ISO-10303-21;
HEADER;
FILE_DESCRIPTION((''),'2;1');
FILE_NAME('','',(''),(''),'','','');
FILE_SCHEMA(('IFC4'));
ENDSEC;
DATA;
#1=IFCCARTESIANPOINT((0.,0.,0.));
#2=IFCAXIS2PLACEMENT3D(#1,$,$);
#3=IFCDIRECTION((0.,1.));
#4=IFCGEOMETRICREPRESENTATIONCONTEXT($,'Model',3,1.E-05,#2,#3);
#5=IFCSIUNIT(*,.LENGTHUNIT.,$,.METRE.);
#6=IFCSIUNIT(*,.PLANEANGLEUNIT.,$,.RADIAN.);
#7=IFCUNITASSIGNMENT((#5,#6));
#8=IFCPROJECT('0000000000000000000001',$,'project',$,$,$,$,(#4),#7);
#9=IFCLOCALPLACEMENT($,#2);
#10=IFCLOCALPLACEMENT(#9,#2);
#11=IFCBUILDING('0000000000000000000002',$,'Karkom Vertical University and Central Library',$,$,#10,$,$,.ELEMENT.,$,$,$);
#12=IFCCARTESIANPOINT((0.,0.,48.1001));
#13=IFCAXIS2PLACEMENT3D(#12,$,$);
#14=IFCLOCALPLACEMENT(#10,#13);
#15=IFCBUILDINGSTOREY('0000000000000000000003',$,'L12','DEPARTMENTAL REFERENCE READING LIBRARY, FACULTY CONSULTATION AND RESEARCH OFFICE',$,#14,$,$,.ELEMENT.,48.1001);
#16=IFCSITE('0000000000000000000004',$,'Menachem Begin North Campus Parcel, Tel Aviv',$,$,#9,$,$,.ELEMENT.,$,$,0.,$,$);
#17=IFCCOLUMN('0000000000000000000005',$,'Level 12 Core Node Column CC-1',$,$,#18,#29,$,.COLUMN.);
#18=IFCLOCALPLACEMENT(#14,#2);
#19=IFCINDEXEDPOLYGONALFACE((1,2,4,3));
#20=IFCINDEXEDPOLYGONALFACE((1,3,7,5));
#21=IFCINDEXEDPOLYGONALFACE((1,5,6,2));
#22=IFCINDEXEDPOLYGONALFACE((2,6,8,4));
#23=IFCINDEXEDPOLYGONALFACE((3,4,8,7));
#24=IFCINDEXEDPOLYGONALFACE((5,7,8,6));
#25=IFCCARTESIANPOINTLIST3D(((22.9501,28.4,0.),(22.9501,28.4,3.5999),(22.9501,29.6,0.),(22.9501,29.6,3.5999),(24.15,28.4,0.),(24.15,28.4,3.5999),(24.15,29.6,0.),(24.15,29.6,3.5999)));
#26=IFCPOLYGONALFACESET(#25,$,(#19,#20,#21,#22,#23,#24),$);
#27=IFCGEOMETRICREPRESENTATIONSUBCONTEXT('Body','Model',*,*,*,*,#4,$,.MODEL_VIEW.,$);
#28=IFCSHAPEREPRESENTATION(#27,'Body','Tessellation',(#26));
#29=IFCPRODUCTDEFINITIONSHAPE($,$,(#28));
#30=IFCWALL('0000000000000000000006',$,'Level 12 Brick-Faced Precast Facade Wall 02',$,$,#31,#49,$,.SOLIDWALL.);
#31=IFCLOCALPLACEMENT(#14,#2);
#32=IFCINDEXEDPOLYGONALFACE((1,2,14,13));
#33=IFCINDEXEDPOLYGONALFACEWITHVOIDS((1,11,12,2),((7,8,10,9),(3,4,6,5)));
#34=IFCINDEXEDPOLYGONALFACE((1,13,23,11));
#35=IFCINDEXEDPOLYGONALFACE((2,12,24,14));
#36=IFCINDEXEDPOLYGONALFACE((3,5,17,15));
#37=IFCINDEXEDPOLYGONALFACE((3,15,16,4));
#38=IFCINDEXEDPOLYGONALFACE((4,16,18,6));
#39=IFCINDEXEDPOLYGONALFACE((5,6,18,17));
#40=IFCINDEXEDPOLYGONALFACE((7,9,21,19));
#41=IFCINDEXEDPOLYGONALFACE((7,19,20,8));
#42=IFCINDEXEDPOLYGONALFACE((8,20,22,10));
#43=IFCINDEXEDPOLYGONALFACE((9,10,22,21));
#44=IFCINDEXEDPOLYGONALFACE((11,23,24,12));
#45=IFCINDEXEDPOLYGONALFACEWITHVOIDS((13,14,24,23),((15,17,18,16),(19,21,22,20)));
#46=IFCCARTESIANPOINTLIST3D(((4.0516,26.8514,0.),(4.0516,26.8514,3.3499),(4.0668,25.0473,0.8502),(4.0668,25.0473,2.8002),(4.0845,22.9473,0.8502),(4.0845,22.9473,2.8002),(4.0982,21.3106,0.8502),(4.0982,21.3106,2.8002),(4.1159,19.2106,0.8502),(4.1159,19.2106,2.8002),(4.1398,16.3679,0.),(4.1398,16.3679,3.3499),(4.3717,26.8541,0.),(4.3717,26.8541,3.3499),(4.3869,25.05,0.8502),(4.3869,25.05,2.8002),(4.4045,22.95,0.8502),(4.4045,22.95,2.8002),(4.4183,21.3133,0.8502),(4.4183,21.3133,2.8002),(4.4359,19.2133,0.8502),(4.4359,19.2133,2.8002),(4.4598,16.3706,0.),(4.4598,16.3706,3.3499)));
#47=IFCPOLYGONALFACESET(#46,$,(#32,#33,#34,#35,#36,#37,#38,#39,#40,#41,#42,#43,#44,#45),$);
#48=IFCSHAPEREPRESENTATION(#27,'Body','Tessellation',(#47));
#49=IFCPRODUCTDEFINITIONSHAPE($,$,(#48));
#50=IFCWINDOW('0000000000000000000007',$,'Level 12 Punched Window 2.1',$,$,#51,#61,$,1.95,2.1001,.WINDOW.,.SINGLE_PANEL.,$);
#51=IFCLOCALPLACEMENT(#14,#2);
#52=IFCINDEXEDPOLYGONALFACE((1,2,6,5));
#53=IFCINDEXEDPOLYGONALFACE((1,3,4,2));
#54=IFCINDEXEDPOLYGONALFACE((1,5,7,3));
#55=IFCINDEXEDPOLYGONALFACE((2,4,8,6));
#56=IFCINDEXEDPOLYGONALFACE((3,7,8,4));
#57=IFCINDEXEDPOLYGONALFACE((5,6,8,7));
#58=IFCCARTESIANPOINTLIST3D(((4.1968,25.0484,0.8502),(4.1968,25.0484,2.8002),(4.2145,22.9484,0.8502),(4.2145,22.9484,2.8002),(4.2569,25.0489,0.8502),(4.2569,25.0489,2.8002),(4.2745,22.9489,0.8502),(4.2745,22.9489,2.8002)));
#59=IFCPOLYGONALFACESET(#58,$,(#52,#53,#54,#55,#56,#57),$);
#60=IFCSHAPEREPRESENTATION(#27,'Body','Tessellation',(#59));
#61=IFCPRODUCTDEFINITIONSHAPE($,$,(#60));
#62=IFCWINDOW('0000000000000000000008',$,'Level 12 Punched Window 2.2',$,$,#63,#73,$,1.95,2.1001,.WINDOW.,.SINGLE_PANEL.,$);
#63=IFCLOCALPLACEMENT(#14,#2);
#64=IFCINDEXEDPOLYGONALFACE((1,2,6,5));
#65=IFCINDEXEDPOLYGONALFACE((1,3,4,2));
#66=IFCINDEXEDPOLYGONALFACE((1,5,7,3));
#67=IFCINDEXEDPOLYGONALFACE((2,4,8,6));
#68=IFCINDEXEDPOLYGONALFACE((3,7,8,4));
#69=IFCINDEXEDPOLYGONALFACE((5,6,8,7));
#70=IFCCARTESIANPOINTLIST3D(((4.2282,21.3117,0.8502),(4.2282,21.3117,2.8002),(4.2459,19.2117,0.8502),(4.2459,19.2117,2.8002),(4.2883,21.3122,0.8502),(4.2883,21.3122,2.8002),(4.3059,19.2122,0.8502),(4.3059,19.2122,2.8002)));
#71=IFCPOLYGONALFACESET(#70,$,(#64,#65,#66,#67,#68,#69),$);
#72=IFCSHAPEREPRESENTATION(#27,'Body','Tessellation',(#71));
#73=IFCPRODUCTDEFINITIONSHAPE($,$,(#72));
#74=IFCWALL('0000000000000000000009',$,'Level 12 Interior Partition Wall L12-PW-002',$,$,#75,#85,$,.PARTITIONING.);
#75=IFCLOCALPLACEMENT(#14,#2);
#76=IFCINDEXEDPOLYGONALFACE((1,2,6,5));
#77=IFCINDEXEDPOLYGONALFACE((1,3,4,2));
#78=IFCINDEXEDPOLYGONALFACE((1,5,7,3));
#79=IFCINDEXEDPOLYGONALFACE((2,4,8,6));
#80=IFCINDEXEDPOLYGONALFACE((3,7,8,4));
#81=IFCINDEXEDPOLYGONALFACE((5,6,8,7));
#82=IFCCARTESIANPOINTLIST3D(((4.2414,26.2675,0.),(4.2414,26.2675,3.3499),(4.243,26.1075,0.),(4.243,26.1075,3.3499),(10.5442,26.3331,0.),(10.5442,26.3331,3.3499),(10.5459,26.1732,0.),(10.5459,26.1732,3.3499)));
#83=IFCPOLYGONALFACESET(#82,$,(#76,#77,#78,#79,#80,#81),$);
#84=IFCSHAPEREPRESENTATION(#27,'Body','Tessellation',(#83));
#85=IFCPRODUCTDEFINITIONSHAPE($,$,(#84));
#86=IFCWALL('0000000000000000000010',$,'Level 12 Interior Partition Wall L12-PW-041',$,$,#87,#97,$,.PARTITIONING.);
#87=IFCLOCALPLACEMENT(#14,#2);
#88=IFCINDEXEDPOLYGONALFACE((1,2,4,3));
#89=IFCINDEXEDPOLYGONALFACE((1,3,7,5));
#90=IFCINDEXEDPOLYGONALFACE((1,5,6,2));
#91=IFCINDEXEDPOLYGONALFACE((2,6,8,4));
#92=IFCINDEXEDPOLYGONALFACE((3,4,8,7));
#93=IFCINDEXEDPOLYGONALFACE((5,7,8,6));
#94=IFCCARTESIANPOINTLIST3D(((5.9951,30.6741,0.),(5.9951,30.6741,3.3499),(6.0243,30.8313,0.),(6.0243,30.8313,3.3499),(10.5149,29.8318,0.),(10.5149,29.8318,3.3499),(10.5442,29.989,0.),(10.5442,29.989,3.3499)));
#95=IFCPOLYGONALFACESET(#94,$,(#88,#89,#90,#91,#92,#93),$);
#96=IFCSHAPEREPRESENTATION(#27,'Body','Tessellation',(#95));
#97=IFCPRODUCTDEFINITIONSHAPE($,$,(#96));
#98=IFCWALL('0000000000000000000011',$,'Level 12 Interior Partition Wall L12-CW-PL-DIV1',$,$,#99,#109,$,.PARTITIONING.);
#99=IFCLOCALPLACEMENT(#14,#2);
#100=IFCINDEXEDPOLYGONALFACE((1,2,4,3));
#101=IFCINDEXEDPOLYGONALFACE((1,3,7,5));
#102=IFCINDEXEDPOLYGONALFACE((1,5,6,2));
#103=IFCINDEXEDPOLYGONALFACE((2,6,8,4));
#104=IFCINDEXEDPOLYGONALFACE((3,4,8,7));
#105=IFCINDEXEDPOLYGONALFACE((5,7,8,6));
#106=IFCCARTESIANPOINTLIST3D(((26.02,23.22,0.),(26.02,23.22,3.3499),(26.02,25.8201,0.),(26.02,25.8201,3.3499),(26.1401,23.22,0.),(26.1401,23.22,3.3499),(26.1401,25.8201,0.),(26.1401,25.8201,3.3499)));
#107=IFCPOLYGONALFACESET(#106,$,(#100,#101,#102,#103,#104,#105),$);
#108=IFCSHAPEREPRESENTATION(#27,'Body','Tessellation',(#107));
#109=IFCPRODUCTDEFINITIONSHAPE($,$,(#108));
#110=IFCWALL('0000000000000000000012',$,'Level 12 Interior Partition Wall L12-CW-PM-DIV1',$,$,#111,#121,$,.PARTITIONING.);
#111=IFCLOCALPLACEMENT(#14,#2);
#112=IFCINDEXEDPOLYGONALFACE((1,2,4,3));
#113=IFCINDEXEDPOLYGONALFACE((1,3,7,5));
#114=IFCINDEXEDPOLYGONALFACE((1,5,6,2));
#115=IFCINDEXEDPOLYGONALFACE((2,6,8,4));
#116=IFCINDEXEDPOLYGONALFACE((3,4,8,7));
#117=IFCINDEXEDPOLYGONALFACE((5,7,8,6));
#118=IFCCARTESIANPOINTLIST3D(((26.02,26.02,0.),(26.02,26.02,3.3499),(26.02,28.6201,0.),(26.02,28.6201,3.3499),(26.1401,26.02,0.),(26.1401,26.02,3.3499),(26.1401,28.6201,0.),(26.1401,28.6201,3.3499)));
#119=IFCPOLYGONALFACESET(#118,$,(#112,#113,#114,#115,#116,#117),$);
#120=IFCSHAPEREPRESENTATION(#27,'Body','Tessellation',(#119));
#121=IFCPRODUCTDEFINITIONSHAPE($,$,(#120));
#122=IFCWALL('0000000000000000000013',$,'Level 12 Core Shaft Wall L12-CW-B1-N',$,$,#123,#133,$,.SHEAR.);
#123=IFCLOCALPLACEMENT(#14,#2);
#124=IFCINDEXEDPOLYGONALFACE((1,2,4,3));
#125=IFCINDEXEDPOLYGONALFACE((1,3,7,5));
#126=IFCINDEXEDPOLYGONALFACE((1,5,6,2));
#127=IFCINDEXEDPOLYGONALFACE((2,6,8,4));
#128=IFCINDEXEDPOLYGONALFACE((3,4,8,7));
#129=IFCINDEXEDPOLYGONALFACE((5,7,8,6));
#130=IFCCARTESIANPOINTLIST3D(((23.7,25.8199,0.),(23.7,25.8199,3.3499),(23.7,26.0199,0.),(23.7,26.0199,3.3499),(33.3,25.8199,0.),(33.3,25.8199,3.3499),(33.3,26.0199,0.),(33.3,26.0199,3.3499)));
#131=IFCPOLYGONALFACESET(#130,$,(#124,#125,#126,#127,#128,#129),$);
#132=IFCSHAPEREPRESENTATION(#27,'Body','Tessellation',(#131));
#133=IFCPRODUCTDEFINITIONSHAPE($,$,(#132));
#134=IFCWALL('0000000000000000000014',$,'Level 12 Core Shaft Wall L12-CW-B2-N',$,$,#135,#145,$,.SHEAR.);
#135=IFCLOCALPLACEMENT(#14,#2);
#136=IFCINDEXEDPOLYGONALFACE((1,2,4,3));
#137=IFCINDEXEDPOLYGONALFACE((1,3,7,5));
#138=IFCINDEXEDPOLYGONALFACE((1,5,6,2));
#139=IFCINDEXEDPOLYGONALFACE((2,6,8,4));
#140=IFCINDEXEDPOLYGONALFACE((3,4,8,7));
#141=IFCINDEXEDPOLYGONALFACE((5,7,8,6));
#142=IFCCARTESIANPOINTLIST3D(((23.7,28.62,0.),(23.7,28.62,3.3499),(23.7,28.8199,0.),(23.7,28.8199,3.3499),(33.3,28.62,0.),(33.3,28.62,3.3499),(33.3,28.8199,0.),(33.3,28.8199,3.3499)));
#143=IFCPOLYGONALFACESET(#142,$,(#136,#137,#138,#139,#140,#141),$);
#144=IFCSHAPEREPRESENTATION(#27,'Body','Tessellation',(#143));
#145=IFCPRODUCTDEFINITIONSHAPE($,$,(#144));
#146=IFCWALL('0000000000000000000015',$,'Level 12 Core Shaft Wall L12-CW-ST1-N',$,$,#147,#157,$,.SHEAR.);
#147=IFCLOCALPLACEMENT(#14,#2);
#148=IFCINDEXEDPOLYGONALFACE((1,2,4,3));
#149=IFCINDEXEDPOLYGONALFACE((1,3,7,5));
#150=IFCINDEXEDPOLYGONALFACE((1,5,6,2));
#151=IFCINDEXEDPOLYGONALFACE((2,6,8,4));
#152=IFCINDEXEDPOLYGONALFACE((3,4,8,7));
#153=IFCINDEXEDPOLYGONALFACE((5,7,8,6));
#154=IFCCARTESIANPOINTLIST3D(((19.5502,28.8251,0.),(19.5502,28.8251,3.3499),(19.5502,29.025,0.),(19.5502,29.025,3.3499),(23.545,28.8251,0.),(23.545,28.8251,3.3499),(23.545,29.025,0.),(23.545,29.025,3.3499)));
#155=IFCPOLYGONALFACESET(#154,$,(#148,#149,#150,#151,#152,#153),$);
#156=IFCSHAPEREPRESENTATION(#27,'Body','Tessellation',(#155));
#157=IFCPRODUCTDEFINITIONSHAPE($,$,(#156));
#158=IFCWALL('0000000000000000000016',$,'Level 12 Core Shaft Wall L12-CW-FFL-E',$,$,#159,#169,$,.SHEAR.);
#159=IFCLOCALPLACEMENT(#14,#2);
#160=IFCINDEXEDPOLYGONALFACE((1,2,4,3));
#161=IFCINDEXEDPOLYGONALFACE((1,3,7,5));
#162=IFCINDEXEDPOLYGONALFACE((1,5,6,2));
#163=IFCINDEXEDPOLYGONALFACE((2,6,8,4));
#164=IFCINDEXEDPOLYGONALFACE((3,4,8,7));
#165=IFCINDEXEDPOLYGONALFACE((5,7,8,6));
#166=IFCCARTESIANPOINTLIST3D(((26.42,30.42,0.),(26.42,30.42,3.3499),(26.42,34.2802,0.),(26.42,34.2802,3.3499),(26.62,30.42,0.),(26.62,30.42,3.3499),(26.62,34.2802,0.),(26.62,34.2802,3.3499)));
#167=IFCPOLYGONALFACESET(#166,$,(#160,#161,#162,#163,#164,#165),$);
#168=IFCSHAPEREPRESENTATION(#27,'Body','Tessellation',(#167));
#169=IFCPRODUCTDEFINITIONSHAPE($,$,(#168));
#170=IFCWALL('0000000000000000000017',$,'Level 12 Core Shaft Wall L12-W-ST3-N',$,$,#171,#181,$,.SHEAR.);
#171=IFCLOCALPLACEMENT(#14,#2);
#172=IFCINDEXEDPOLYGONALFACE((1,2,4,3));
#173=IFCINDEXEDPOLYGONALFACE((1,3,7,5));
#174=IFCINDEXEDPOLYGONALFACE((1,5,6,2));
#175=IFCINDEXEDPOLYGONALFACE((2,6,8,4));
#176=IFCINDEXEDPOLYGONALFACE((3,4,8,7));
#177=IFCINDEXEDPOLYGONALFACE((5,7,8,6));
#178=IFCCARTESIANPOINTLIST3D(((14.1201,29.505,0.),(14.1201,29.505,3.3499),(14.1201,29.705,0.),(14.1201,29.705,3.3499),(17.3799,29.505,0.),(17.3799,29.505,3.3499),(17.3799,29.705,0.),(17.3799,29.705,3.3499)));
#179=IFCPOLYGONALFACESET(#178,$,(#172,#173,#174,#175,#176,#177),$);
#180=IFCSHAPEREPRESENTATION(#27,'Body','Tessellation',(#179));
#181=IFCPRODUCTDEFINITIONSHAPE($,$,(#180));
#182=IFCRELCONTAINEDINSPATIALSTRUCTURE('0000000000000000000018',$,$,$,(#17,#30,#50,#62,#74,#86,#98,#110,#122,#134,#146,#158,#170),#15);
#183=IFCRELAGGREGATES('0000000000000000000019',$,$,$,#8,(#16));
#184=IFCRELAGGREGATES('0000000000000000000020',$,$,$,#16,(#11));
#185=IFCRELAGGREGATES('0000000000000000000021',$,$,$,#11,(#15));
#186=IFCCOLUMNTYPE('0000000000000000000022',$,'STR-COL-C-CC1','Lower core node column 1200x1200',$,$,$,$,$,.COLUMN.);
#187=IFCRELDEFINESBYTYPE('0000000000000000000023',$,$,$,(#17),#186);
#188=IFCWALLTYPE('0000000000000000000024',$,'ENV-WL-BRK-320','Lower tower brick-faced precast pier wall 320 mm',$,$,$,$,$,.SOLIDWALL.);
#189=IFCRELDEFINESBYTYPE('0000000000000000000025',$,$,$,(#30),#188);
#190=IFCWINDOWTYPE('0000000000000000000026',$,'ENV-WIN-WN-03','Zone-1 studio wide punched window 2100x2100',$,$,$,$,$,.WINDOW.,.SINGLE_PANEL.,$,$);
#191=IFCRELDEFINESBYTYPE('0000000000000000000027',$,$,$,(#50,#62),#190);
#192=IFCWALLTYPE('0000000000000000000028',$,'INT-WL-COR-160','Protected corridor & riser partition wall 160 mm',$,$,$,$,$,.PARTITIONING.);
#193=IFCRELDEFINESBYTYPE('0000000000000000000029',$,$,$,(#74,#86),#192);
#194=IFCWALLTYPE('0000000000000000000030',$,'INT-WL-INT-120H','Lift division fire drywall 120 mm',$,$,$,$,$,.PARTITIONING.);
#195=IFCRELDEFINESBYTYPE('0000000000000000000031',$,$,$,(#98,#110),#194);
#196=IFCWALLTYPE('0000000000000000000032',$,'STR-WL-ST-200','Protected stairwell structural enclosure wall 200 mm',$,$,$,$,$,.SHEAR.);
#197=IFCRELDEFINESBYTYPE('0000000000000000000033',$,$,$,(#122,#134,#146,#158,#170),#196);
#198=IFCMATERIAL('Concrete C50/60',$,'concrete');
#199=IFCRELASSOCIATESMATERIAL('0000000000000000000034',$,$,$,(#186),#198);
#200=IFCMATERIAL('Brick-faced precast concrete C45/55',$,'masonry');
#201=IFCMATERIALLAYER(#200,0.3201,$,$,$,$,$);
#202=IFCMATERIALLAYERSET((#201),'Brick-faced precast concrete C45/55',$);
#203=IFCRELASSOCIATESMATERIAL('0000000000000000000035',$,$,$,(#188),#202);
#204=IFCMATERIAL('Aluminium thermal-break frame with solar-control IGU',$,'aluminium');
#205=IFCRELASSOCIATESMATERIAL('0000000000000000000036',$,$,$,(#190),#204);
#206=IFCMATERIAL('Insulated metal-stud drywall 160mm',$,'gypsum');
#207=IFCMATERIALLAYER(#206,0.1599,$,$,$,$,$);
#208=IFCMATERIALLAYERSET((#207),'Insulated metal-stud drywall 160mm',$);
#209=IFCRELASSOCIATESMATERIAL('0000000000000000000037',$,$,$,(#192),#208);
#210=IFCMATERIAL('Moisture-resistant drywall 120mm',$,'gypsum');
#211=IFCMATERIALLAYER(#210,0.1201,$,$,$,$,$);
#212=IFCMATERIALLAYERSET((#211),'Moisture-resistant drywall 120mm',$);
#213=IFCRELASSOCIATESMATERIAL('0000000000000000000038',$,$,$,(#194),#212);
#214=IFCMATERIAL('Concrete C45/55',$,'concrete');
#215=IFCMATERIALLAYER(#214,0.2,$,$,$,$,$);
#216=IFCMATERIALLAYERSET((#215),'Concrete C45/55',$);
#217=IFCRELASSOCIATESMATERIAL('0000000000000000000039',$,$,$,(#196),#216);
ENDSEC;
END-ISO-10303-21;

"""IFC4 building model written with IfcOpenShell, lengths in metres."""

from ifc_helpers import new_model, si_unit, direction, frame, frame_2d, origin, origin_with_axes, origin_2d, place, context, subcontext, project, spatial, rectangle, extrude, source, transform, mapped, material, layer, layer_set, material_profile, profile_set, type_object, element, fill, save


model = new_model("IFC4")

# Units and contexts
model_context = context("Model", 3, precision=1e-05, world=origin(), true_north=direction((0.0, 1.0)))
body_context = subcontext(model_context, "Body", "Model", "MODEL_VIEW")
ifc_project = project(units=[si_unit("LENGTHUNIT", "METRE"), si_unit("PLANEANGLEUNIT", "RADIAN")], contexts=[model_context])

# Site, building, storey
site_placement = place(None, origin())
site = spatial("IfcSite", under=ifc_project, at=site_placement, Name="Menachem Begin North Campus Parcel, Tel Aviv", CompositionType="ELEMENT", RefElevation=0.0)
building_placement = place(site_placement, origin())
building = spatial("IfcBuilding", under=site, at=building_placement, Name="Karkom Vertical University and Central Library", CompositionType="ELEMENT")
storey_placement = place(building_placement, frame((0.0, 0.0, 48.1001)))
storey = spatial("IfcBuildingStorey", under=building, at=storey_placement, Name="L12", Description="DEPARTMENTAL REFERENCE READING LIBRARY, FACULTY CONSULTATION AND RESEARCH OFFICE", CompositionType="ELEMENT", Elevation=48.1001)

# Column
ifc_material_1 = material(Name="Concrete C50/60", Category="concrete")
ifc_material_profile = material_profile(ifc_material_1, rectangle(XDim=1.2, YDim=1.2, at=origin_2d()), Name="RC-1200x1200")
ifc_profile_set = profile_set([ifc_material_profile], Name="Concrete C50/60")
column_type = type_object("IfcColumnType", Name="STR-COL-C-CC1", Description="Lower core node column 1200x1200", PredefinedType="COLUMN", material=ifc_profile_set)
shared_shape_1 = source(origin_with_axes(), body_context, "Body", "SweptSolid", [
    extrude(rectangle(XDim=1.2, YDim=1.2, at=origin_2d()), origin(), (0.0, 0.0, 1.0), 3.5999),
])
column_placement = place(storey_placement, frame((23.55, 29.0, 0.0), z_axis=(0.0, 0.0, 1.0), x_axis=(1.0, 0.0, 0.0)))
element("IfcColumn", 1, at=column_placement, inside=storey, type_object=column_type, Name="Level 12 Core Node Column CC-1", PredefinedType="COLUMN", context=body_context, shape_type="MappedRepresentation", body=[
    mapped(shared_shape_1, transform((0.0, 0.0, 0.0), scale=1.0)),
])

# Wall, openings, windows
ifc_material_2 = material(Name="Brick-faced precast concrete C45/55", Category="masonry")
ifc_layer_1 = layer(ifc_material_2, 0.3201)
ifc_layer_set_1 = layer_set([ifc_layer_1], Name="Brick-faced precast concrete C45/55")
wall_type_1 = type_object("IfcWallType", Name="ENV-WL-BRK-320", Description="Lower tower brick-faced precast pier wall 320 mm", PredefinedType="SOLIDWALL", material=ifc_layer_set_1)
wall_1_placement = place(storey_placement, frame((4.2117, 26.8528, 0.0), z_axis=(0.0, 0.0, 1.0), x_axis=(0.008407, -0.999965, 0.0)))
wall_1 = element("IfcWall", 2, at=wall_1_placement, inside=storey, type_object=wall_type_1, Name="Level 12 Brick-Faced Precast Facade Wall 02", PredefinedType="SOLIDWALL", context=body_context, shape_type="SweptSolid", body=[
    extrude(rectangle(XDim=10.4839, YDim=0.3201, at=frame_2d((5.2419, 0.0))), origin(), (0.0, 0.0, 1.0), 3.3499),
])
opening_1_placement = place(wall_1_placement, frame((1.8042, 0.0, 0.8501)))
opening_1 = element("IfcOpeningElement", 3, at=opening_1_placement, cuts=wall_1, PredefinedType="OPENING", context=body_context, shape_type="SweptSolid", body=[
    extrude(rectangle(XDim=2.1001, YDim=1.95, at=frame_2d((1.05, 0.9751))), frame((0.0, 0.1699, 0.0), z_axis=(0.0, -1.0, 0.0), x_axis=(1.0, 0.0, 0.0)), (0.0, 0.0, 1.0), 0.3401),
])
opening_2_placement = place(wall_1_placement, frame((5.541, 0.0, 0.8501)))
opening_2 = element("IfcOpeningElement", 4, at=opening_2_placement, cuts=wall_1, PredefinedType="OPENING", context=body_context, shape_type="SweptSolid", body=[
    extrude(rectangle(XDim=2.1001, YDim=1.95, at=frame_2d((1.05, 0.9751))), frame((0.0, 0.1699, 0.0), z_axis=(0.0, -1.0, 0.0), x_axis=(1.0, 0.0, 0.0)), (0.0, 0.0, 1.0), 0.3401),
])
ifc_material_3 = material(Name="Aluminium thermal-break frame with solar-control IGU", Category="aluminium")
window_type = type_object("IfcWindowType", Name="ENV-WIN-WN-03", Description="Zone-1 studio wide punched window 2100x2100", PartitioningType="SINGLE_PANEL", PredefinedType="WINDOW", material=ifc_material_3)
shared_shape_2 = source(origin_with_axes(), body_context, "Body", "SweptSolid", [
    extrude(rectangle(XDim=2.1001, YDim=1.95, at=frame_2d((1.05, 0.9751))), frame((0.0, 0.03, 0.0), z_axis=(0.0, -1.0, 0.0), x_axis=(1.0, 0.0, 0.0)), (0.0, 0.0, 1.0), 0.0601),
])
window_1_placement = place(opening_1_placement, origin())
window_1 = element("IfcWindow", 5, at=window_1_placement, inside=storey, type_object=window_type, Name="Level 12 Punched Window 2.1", OverallHeight=1.95, OverallWidth=2.1001, PartitioningType="SINGLE_PANEL", PredefinedType="WINDOW", context=body_context, shape_type="MappedRepresentation", body=[
    mapped(shared_shape_2, transform((0.0, 0.0, 0.0), scale=1.0)),
])
fill(opening_1, window_1)
window_2_placement = place(opening_2_placement, origin())
window_2 = element("IfcWindow", 6, at=window_2_placement, inside=storey, type_object=window_type, Name="Level 12 Punched Window 2.2", OverallHeight=1.95, OverallWidth=2.1001, PartitioningType="SINGLE_PANEL", PredefinedType="WINDOW", context=body_context, shape_type="MappedRepresentation", body=[
    mapped(shared_shape_2, transform((0.0, 0.0, 0.0), scale=1.0)),
])
fill(opening_2, window_2)

# Walls
ifc_material_4 = material(Name="Insulated metal-stud drywall 160mm", Category="gypsum")
ifc_layer_2 = layer(ifc_material_4, 0.1599)
ifc_layer_set_2 = layer_set([ifc_layer_2], Name="Insulated metal-stud drywall 160mm")
wall_type_2 = type_object("IfcWallType", Name="INT-WL-COR-160", Description="Protected corridor & riser partition wall 160 mm", PredefinedType="PARTITIONING", material=ifc_layer_set_2)
wall_2_placement = place(storey_placement, frame((4.2422, 26.1875, 0.0), z_axis=(0.0, 0.0, 1.0), x_axis=(0.999946, 0.010419, 0.0)))
element("IfcWall", 7, at=wall_2_placement, inside=storey, type_object=wall_type_2, Name="Level 12 Interior Partition Wall L12-PW-002", PredefinedType="PARTITIONING", context=body_context, shape_type="SweptSolid", body=[
    extrude(rectangle(XDim=6.3032, YDim=0.1599, at=frame_2d((3.1516, 0.0))), origin(), (0.0, 0.0, 1.0), 3.3499),
])
wall_3_placement = place(storey_placement, frame((10.5295, 29.9104, 0.0), z_axis=(0.0, 0.0, 1.0), x_axis=(-0.983075, 0.183202, 0.0)))
element("IfcWall", 8, at=wall_3_placement, inside=storey, type_object=wall_type_2, Name="Level 12 Interior Partition Wall L12-PW-041", PredefinedType="PARTITIONING", context=body_context, shape_type="SweptSolid", body=[
    extrude(rectangle(XDim=4.5977, YDim=0.1599, at=frame_2d((2.2988, 0.0))), origin(), (0.0, 0.0, 1.0), 3.3499),
])
ifc_material_5 = material(Name="Moisture-resistant drywall 120mm", Category="gypsum")
ifc_layer_3 = layer(ifc_material_5, 0.1201)
ifc_layer_set_3 = layer_set([ifc_layer_3], Name="Moisture-resistant drywall 120mm")
wall_type_3 = type_object("IfcWallType", Name="INT-WL-INT-120H", Description="Lift division fire drywall 120 mm", PredefinedType="PARTITIONING", material=ifc_layer_set_3)
for number, where, z_axis, x_axis, name in (
    (9, (26.0801, 23.22, 0.0), (0.0, 0.0, 1.0), (0.0, 1.0, 0.0), "Level 12 Interior Partition Wall L12-CW-PL-DIV1"),
    (10, (26.0801, 26.02, 0.0), (0.0, 0.0, 1.0), (0.0, 1.0, 0.0), "Level 12 Interior Partition Wall L12-CW-PM-DIV1"),
):
    element("IfcWall", number, at=place(storey_placement, frame(where, z_axis=z_axis, x_axis=x_axis)), inside=storey, type_object=wall_type_3, Name=name, PredefinedType="PARTITIONING", context=body_context, shape_type="SweptSolid", body=[
        extrude(rectangle(XDim=2.6001, YDim=0.1201, at=frame_2d((1.3, 0.0))), origin(), (0.0, 0.0, 1.0), 3.3499),
    ])
ifc_material_6 = material(Name="Concrete C45/55", Category="concrete")
ifc_layer_4 = layer(ifc_material_6, 0.2)
ifc_layer_set_4 = layer_set([ifc_layer_4], Name="Concrete C45/55")
wall_type_4 = type_object("IfcWallType", Name="STR-WL-ST-200", Description="Protected stairwell structural enclosure wall 200 mm", PredefinedType="SHEAR", material=ifc_layer_set_4)
for number, where, z_axis, x_axis, name in (
    (11, (23.7, 25.9199, 0.0), (0.0, 0.0, 1.0), (1.0, 0.0, 0.0), "Level 12 Core Shaft Wall L12-CW-B1-N"),
    (12, (23.7, 28.72, 0.0), (0.0, 0.0, 1.0), (1.0, 0.0, 0.0), "Level 12 Core Shaft Wall L12-CW-B2-N"),
):
    element("IfcWall", number, at=place(storey_placement, frame(where, z_axis=z_axis, x_axis=x_axis)), inside=storey, type_object=wall_type_4, Name=name, PredefinedType="SHEAR", context=body_context, shape_type="SweptSolid", body=[
        extrude(rectangle(XDim=9.6001, YDim=0.2, at=frame_2d((4.8, 0.0))), origin(), (0.0, 0.0, 1.0), 3.3499),
    ])
wall_4_placement = place(storey_placement, frame((19.55, 28.925, 0.0), z_axis=(0.0, 0.0, 1.0), x_axis=(1.0, 0.0, 0.0)))
element("IfcWall", 13, at=wall_4_placement, inside=storey, type_object=wall_type_4, Name="Level 12 Core Shaft Wall L12-CW-ST1-N", PredefinedType="SHEAR", context=body_context, shape_type="SweptSolid", body=[
    extrude(rectangle(XDim=3.9949, YDim=0.2, at=frame_2d((1.9976, 0.0))), origin(), (0.0, 0.0, 1.0), 3.3499),
])
wall_5_placement = place(storey_placement, frame((26.52, 30.4199, 0.0), z_axis=(0.0, 0.0, 1.0), x_axis=(0.0, 1.0, 0.0)))
element("IfcWall", 14, at=wall_5_placement, inside=storey, type_object=wall_type_4, Name="Level 12 Core Shaft Wall L12-CW-FFL-E", PredefinedType="SHEAR", context=body_context, shape_type="SweptSolid", body=[
    extrude(rectangle(XDim=3.8601, YDim=0.2, at=frame_2d((1.9302, 0.0))), origin(), (0.0, 0.0, 1.0), 3.3499),
])
wall_6_placement = place(storey_placement, frame((14.1201, 29.605, 0.0), z_axis=(0.0, 0.0, 1.0), x_axis=(1.0, 0.0, 0.0)))
element("IfcWall", 15, at=wall_6_placement, inside=storey, type_object=wall_type_4, Name="Level 12 Core Shaft Wall L12-W-ST3-N", PredefinedType="SHEAR", context=body_context, shape_type="SweptSolid", body=[
    extrude(rectangle(XDim=3.2598, YDim=0.2, at=frame_2d((1.6299, 0.0))), origin(), (0.0, 0.0, 1.0), 3.3499),
])

save(model, "model.ifc")
